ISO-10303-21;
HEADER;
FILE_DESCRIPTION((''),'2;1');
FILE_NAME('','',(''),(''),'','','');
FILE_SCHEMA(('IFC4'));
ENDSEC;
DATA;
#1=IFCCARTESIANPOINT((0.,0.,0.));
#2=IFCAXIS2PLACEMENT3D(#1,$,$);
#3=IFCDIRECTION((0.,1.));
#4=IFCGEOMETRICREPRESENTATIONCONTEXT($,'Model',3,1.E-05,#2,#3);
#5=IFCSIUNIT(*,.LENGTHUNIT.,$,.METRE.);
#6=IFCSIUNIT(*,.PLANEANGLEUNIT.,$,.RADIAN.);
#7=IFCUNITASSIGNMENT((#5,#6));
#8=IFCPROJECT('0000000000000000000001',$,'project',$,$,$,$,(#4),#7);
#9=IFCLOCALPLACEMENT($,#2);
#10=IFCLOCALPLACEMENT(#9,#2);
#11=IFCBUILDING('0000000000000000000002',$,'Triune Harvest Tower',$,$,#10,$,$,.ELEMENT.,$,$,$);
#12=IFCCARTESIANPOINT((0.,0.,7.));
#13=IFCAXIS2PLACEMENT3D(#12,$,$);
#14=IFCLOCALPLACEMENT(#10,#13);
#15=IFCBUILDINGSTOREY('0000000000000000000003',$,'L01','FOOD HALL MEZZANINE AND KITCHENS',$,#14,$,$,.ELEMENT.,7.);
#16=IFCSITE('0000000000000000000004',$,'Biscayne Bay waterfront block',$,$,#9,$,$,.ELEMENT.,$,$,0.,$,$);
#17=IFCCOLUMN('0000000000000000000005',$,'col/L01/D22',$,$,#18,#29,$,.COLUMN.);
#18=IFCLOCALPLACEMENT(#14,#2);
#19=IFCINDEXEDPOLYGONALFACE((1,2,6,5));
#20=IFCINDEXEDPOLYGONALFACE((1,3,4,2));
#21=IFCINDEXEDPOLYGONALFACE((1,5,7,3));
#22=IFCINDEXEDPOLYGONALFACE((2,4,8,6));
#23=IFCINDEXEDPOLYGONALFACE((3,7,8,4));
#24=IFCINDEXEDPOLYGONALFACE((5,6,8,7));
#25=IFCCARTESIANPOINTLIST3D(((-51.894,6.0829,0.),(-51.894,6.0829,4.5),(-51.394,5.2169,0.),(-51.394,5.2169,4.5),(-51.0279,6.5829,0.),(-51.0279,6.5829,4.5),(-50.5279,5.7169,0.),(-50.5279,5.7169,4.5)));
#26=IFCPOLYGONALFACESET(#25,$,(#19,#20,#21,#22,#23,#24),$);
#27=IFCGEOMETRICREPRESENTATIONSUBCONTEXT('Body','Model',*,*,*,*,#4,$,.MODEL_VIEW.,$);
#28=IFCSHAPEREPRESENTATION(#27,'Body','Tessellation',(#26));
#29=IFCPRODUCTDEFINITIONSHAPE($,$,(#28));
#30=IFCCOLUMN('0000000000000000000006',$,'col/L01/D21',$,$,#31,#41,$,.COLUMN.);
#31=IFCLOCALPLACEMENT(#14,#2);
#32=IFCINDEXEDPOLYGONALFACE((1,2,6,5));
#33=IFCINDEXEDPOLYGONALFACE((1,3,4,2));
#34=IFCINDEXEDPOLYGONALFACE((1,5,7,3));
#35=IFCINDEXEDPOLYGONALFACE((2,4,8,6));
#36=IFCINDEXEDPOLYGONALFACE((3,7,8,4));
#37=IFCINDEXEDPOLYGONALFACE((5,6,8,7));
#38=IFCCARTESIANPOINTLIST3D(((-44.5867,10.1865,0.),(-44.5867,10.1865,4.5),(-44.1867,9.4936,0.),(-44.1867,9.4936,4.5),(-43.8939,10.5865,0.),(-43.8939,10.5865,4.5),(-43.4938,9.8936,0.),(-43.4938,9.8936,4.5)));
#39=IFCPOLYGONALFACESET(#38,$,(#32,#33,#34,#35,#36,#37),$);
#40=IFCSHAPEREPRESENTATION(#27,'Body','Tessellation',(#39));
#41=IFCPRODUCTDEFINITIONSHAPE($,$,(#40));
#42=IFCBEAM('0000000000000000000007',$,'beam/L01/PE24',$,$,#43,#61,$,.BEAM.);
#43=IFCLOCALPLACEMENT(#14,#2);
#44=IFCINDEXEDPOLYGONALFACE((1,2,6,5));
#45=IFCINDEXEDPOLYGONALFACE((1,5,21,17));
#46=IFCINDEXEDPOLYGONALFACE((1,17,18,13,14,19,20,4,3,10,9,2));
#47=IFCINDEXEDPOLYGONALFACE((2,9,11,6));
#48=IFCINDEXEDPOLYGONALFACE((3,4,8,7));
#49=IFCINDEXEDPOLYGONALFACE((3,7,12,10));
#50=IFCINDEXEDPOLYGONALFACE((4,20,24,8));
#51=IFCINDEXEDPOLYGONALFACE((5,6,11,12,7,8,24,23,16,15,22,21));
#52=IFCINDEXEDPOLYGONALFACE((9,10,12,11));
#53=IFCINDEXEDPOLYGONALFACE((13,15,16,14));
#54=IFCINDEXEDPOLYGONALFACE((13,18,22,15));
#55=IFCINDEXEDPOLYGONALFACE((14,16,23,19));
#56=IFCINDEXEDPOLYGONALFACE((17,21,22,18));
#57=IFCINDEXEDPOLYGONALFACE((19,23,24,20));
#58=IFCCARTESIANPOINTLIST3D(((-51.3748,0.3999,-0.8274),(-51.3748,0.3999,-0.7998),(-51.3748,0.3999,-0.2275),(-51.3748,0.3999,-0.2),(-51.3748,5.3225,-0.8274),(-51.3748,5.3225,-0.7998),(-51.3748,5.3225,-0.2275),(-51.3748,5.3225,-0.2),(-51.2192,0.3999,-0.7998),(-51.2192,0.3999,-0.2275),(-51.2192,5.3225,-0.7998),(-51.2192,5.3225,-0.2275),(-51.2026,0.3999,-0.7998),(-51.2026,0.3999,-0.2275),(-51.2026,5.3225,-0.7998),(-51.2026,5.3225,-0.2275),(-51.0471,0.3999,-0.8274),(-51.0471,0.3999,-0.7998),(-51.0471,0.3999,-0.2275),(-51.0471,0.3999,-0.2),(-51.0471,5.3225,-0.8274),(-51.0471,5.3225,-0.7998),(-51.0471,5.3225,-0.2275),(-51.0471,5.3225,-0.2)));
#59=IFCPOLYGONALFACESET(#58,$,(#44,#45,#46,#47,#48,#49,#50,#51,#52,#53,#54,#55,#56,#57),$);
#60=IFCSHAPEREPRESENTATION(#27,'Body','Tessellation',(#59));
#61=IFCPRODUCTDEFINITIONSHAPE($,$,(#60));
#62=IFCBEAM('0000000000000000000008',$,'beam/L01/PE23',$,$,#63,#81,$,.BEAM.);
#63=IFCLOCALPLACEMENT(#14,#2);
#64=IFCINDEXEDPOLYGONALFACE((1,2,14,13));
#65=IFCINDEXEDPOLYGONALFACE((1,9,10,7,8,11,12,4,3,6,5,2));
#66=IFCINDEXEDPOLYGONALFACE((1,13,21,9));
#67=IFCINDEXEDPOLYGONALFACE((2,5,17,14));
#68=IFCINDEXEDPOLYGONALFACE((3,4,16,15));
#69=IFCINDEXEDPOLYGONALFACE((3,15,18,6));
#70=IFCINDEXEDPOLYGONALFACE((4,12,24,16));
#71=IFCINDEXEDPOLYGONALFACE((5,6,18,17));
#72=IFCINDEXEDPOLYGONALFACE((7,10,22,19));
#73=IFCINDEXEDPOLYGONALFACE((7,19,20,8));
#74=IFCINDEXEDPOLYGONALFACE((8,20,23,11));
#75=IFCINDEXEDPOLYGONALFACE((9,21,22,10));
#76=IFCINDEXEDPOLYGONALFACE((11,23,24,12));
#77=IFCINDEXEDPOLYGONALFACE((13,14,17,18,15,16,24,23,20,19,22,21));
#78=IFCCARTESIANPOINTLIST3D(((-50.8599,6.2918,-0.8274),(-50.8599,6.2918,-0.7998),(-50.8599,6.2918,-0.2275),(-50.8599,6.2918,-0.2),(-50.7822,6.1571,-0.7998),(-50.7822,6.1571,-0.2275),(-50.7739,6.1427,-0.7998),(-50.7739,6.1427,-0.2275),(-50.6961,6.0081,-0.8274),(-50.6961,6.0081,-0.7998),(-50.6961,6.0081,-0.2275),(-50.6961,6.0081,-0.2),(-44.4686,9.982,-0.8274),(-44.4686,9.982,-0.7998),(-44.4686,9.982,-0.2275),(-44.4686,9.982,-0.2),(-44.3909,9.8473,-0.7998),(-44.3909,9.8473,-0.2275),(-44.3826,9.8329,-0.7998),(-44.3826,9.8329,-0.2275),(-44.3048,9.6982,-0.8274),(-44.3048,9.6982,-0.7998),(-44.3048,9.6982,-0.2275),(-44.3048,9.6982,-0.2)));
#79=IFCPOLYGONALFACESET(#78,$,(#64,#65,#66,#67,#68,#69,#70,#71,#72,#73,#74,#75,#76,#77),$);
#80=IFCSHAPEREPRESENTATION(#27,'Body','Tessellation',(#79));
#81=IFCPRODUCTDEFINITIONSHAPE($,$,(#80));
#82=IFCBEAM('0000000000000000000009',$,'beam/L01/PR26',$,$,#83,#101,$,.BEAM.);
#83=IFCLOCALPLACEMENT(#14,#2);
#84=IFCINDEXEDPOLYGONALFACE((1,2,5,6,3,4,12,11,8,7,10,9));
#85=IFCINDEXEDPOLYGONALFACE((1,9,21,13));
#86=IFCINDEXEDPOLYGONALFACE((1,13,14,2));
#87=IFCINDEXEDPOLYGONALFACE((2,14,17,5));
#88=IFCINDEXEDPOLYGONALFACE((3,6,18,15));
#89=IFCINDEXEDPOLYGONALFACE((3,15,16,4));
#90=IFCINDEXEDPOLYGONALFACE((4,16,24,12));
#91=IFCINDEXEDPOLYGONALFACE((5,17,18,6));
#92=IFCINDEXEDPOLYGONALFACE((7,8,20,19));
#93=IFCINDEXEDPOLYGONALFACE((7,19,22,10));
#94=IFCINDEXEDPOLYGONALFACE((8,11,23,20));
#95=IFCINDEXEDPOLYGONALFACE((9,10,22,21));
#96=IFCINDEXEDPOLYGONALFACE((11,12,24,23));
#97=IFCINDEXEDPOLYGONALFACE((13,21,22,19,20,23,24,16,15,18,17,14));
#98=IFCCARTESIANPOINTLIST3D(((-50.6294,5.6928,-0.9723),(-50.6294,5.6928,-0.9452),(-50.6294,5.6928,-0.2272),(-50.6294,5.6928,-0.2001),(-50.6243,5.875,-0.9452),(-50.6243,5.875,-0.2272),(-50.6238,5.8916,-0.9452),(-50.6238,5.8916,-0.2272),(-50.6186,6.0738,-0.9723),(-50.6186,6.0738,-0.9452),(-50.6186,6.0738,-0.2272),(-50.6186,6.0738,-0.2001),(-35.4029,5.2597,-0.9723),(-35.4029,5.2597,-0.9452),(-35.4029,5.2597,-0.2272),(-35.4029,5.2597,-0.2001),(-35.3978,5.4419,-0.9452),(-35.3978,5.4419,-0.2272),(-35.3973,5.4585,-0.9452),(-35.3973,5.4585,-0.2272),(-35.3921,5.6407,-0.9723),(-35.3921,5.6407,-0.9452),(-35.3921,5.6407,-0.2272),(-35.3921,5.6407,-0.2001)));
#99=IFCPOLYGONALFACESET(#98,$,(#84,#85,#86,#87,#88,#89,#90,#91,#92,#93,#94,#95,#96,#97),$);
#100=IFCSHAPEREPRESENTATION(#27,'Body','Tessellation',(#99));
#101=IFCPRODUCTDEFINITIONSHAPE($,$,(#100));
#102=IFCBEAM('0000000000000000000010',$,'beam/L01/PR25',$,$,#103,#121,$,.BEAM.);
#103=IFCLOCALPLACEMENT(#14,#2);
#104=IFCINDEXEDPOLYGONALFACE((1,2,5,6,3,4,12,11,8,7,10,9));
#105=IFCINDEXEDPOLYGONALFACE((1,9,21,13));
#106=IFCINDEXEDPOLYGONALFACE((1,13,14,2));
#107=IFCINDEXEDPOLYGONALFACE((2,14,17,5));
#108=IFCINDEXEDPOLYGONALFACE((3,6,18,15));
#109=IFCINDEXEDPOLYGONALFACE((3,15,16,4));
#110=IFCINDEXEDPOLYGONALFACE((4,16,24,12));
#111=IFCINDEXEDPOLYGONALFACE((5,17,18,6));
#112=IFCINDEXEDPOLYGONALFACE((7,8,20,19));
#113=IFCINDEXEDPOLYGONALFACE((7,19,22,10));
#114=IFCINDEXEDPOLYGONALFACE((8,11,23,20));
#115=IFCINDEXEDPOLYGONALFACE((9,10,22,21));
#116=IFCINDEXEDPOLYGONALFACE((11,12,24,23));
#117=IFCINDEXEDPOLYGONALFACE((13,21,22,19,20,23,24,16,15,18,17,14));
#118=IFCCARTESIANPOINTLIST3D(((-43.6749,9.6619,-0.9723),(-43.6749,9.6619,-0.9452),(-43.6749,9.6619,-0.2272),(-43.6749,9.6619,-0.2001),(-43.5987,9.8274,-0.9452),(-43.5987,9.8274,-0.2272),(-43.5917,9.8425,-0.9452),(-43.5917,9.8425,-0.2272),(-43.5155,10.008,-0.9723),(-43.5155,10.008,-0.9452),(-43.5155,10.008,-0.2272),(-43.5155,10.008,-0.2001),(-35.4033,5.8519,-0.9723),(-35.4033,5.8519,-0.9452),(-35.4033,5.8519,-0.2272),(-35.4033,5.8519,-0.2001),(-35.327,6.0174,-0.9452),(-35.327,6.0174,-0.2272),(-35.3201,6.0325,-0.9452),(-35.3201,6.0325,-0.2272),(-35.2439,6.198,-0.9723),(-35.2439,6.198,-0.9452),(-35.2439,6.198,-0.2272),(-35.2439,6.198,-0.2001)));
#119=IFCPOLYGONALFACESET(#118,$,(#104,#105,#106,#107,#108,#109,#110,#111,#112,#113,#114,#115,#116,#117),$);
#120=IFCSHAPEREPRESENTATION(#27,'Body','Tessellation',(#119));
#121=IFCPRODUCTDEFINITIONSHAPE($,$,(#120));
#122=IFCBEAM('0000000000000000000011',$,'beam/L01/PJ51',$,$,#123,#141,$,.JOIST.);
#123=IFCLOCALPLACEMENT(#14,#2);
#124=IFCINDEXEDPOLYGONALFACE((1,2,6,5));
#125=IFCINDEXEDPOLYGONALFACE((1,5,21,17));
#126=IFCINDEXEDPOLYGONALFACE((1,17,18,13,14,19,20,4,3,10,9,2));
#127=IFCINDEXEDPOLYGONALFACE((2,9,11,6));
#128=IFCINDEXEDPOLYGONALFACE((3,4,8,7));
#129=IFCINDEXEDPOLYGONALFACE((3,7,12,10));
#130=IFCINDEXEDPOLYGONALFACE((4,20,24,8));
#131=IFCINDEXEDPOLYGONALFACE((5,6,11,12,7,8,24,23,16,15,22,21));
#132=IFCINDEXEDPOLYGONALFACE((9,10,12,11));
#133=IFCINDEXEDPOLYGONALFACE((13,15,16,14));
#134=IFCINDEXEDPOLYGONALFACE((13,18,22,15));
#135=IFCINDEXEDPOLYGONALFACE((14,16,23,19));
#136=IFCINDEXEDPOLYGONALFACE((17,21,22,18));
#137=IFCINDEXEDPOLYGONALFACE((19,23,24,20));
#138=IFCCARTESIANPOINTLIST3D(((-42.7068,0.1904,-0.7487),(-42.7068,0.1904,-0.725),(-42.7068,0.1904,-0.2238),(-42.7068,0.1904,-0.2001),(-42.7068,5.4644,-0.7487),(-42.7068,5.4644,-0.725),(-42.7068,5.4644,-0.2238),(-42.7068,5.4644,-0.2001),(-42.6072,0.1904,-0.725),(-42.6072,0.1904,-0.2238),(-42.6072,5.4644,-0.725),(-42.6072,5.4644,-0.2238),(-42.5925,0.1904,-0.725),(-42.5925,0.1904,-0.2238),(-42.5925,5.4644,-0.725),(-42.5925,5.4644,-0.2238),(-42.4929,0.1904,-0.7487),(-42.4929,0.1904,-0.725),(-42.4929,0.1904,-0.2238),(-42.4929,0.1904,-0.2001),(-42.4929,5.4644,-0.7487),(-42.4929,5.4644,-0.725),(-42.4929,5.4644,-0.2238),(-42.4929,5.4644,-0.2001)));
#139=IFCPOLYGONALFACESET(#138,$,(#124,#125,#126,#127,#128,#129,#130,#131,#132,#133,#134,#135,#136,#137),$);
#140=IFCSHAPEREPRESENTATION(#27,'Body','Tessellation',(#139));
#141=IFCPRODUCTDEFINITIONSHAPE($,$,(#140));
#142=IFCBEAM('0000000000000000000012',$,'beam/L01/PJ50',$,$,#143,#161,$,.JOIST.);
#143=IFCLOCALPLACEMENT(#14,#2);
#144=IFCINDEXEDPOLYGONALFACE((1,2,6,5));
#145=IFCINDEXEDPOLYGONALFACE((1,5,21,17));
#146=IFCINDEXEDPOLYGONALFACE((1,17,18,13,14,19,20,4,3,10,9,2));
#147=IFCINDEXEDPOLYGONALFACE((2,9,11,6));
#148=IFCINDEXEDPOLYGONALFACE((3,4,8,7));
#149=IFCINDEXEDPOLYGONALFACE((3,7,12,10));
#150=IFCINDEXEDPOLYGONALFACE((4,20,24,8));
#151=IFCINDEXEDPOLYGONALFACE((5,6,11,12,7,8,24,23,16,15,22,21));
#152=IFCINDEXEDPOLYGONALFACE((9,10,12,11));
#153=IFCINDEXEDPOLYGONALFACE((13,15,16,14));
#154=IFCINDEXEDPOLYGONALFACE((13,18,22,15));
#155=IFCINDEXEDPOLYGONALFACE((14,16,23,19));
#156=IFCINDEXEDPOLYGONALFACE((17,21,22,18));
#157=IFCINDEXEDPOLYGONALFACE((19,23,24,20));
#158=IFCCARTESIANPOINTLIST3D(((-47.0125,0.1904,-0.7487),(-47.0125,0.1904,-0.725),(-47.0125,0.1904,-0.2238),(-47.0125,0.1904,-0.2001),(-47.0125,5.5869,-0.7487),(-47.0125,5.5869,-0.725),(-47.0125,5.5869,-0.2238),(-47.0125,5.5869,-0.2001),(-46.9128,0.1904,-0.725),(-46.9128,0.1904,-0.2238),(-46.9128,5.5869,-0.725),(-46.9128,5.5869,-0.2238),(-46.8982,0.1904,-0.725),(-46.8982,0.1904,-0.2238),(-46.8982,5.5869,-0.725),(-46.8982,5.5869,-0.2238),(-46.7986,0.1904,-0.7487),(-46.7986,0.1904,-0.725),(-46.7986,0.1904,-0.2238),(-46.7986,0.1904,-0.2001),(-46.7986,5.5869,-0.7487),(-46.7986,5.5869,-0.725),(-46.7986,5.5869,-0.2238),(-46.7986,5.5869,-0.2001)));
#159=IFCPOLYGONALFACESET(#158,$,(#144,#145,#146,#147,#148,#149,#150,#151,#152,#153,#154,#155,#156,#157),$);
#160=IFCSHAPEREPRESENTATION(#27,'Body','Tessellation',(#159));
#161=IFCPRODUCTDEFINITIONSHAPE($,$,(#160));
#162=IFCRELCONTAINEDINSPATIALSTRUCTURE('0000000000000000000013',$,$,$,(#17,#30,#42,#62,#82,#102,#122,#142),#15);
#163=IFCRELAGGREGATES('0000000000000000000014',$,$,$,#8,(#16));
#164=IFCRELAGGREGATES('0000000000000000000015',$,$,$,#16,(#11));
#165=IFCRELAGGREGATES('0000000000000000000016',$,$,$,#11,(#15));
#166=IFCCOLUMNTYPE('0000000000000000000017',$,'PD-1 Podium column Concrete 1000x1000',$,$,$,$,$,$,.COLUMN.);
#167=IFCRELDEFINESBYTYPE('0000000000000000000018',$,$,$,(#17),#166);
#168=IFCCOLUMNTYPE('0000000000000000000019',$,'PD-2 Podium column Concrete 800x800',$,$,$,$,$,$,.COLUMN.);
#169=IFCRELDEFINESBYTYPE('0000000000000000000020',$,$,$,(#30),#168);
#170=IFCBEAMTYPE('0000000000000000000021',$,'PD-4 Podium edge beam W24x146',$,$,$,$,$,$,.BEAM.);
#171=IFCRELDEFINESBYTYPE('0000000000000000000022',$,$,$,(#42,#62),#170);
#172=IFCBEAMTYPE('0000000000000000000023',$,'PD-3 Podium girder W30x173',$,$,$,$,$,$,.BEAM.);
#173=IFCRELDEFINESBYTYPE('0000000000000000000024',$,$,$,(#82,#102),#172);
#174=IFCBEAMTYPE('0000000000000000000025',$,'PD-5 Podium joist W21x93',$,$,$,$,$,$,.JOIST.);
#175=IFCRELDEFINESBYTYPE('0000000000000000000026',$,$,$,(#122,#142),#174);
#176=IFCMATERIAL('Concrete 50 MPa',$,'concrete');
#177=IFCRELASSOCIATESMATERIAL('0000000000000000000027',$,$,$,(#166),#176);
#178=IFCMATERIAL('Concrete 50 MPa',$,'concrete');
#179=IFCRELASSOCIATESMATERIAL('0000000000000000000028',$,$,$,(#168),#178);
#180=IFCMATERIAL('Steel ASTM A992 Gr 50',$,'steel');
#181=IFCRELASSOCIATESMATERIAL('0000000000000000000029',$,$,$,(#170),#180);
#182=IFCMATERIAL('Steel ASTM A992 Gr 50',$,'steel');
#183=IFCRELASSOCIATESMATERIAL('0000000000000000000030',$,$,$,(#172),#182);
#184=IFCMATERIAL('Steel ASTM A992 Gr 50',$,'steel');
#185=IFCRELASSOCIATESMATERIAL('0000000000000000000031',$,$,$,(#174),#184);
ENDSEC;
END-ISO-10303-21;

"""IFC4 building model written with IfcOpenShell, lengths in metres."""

from ifc_helpers import new_model, si_unit, direction, frame, origin, origin_2d, place, context, subcontext, project, spatial, rectangle, i_section, extrude, source, transform, mapped, material, material_profile, profile_set, type_object, element, save


model = new_model("IFC4")

# Units and contexts
model_context = context("Model", 3, precision=1e-05, world=origin(), true_north=direction((0.0, 1.0)))
body_context = subcontext(model_context, "Body", "Model", "MODEL_VIEW")
ifc_project = project(units=[si_unit("LENGTHUNIT", "METRE"), si_unit("PLANEANGLEUNIT", "RADIAN")], contexts=[model_context])

# Site, building, storey
site_placement = place(None, origin())
site = spatial("IfcSite", under=ifc_project, at=site_placement, Name="Biscayne Bay waterfront block", CompositionType="ELEMENT", RefElevation=0.0)
building_placement = place(site_placement, origin())
building = spatial("IfcBuilding", under=site, at=building_placement, Name="Triune Harvest Tower", CompositionType="ELEMENT")
storey_placement = place(building_placement, frame((0.0, 0.0, 7.0)))
storey = spatial("IfcBuildingStorey", under=building, at=storey_placement, Name="L01", Description="FOOD HALL MEZZANINE AND KITCHENS", CompositionType="ELEMENT", Elevation=7.0)

# Columns
ifc_material_1 = material(Name="Concrete 50 MPa", Category="concrete")
ifc_material_profile_1 = material_profile(ifc_material_1, rectangle(XDim=1.0, YDim=1.0, at=origin_2d()), Name="Concrete 1000x1000")
ifc_profile_set_1 = profile_set([ifc_material_profile_1], Name="Concrete 50 MPa")
column_type_1 = type_object("IfcColumnType", Name="PD-1 Podium column Concrete 1000x1000", PredefinedType="COLUMN", material=ifc_profile_set_1)
shared_shape_1 = source(origin(), body_context, "Body", "SweptSolid", [
    extrude(rectangle(XDim=1.0, YDim=1.0, at=origin_2d()), origin(), (0.0, 0.0, 1.0), 4.5),
])
column_1_placement = place(storey_placement, frame((-51.2109, 5.8999, 0.0), z_axis=(0.0, 0.0, 1.0), x_axis=(-0.866025, -0.5, 0.0)))
element("IfcColumn", 1, at=column_1_placement, inside=storey, type_object=column_type_1, Name="col/L01/D22", PredefinedType="COLUMN", context=body_context, shape_type="MappedRepresentation", body=[
    mapped(shared_shape_1, transform((0.0, 0.0, 0.0), scale=1.0)),
])
ifc_material_2 = material(Name="Concrete 50 MPa", Category="concrete")
ifc_material_profile_2 = material_profile(ifc_material_2, rectangle(XDim=0.8, YDim=0.8, at=origin_2d()), Name="Concrete 800x800")
ifc_profile_set_2 = profile_set([ifc_material_profile_2], Name="Concrete 50 MPa")
column_type_2 = type_object("IfcColumnType", Name="PD-2 Podium column Concrete 800x800", PredefinedType="COLUMN", material=ifc_profile_set_2)
shared_shape_2 = source(origin(), body_context, "Body", "SweptSolid", [
    extrude(rectangle(XDim=0.8, YDim=0.8, at=origin_2d()), origin(), (0.0, 0.0, 1.0), 4.5),
])
column_2_placement = place(storey_placement, frame((-44.0403, 10.04, 0.0), z_axis=(0.0, 0.0, 1.0), x_axis=(-0.866025, -0.5, 0.0)))
element("IfcColumn", 2, at=column_2_placement, inside=storey, type_object=column_type_2, Name="col/L01/D21", PredefinedType="COLUMN", context=body_context, shape_type="MappedRepresentation", body=[
    mapped(shared_shape_2, transform((0.0, 0.0, 0.0), scale=1.0)),
])

# Beams
ifc_material_3 = material(Name="Steel ASTM A992 Gr 50", Category="steel")
ifc_material_profile_3 = material_profile(ifc_material_3, i_section(OverallWidth=0.3276, OverallDepth=0.6274, WebThickness=0.0166, FlangeThickness=0.0276, at=origin_2d()), Name="W24x146")
ifc_profile_set_3 = profile_set([ifc_material_profile_3], Name="Steel ASTM A992 Gr 50")
beam_type_1 = type_object("IfcBeamType", Name="PD-4 Podium edge beam W24x146", PredefinedType="BEAM", material=ifc_profile_set_3)
shared_shape_3 = source(origin(), body_context, "Body", "SweptSolid", [
    extrude(i_section(OverallWidth=0.3276, OverallDepth=0.6274, WebThickness=0.0166, FlangeThickness=0.0276, at=origin_2d()), origin(), (0.0, 0.0, 1.0), 4.9226),
])
beam_1_placement = place(storey_placement, frame((-51.2109, 5.3225, -0.5137), z_axis=(0.0, -1.0, 0.0), x_axis=(1.0, 0.0, 0.0)))
element("IfcBeam", 3, at=beam_1_placement, inside=storey, type_object=beam_type_1, Name="beam/L01/PE24", PredefinedType="BEAM", context=body_context, shape_type="MappedRepresentation", body=[
    mapped(shared_shape_3, transform((0.0, 0.0, 0.0), scale=1.0)),
])
shared_shape_4 = source(origin(), body_context, "Body", "SweptSolid", [
    extrude(i_section(OverallWidth=0.3276, OverallDepth=0.6274, WebThickness=0.0166, FlangeThickness=0.0276, at=origin_2d()), origin(), (0.0, 0.0, 1.0), 7.3801),
])
beam_2_placement = place(storey_placement, frame((-44.3867, 9.8401, -0.5137), z_axis=(-0.866018, -0.500014, 0.0), x_axis=(0.500014, -0.866018, 0.0)))
element("IfcBeam", 4, at=beam_2_placement, inside=storey, type_object=beam_type_1, Name="beam/L01/PE23", PredefinedType="BEAM", context=body_context, shape_type="MappedRepresentation", body=[
    mapped(shared_shape_4, transform((0.0, 0.0, 0.0), scale=1.0)),
])
ifc_material_4 = material(Name="Steel ASTM A992 Gr 50", Category="steel")
ifc_material_profile_4 = material_profile(ifc_material_4, i_section(OverallWidth=0.3811, OverallDepth=0.7722, WebThickness=0.0166, FlangeThickness=0.0271, at=origin_2d()), Name="W30x173")
ifc_profile_set_4 = profile_set([ifc_material_profile_4], Name="Steel ASTM A992 Gr 50")
beam_type_2 = type_object("IfcBeamType", Name="PD-3 Podium girder W30x173", PredefinedType="BEAM", material=ifc_profile_set_4)
shared_shape_5 = source(origin(), body_context, "Body", "SweptSolid", [
    extrude(i_section(OverallWidth=0.3811, OverallDepth=0.7722, WebThickness=0.0166, FlangeThickness=0.0271, at=origin_2d()), origin(), (0.0, 0.0, 1.0), 15.2327),
])
beam_3_placement = place(storey_placement, frame((-50.624, 5.8833, -0.5862), z_axis=(0.999596, -0.028433, 0.0), x_axis=(0.028433, 0.999596, 0.0)))
element("IfcBeam", 5, at=beam_3_placement, inside=storey, type_object=beam_type_2, Name="beam/L01/PR26", PredefinedType="BEAM", context=body_context, shape_type="MappedRepresentation", body=[
    mapped(shared_shape_5, transform((0.0, 0.0, 0.0), scale=1.0)),
])
shared_shape_6 = source(origin(), body_context, "Body", "SweptSolid", [
    extrude(i_section(OverallWidth=0.3811, OverallDepth=0.7722, WebThickness=0.0166, FlangeThickness=0.0271, at=origin_2d()), origin(), (0.0, 0.0, 1.0), 9.1069),
])
beam_4_placement = place(storey_placement, frame((-43.5952, 9.835, -0.5862), z_axis=(0.908279, -0.418364, 0.0), x_axis=(0.418364, 0.908279, 0.0)))
element("IfcBeam", 6, at=beam_4_placement, inside=storey, type_object=beam_type_2, Name="beam/L01/PR25", PredefinedType="BEAM", context=body_context, shape_type="MappedRepresentation", body=[
    mapped(shared_shape_6, transform((0.0, 0.0, 0.0), scale=1.0)),
])
ifc_material_5 = material(Name="Steel ASTM A992 Gr 50", Category="steel")
ifc_material_profile_5 = material_profile(ifc_material_5, i_section(OverallWidth=0.2139, OverallDepth=0.5486, WebThickness=0.0146, FlangeThickness=0.0237, at=origin_2d()), Name="W21x93")
ifc_profile_set_5 = profile_set([ifc_material_profile_5], Name="Steel ASTM A992 Gr 50")
beam_type_3 = type_object("IfcBeamType", Name="PD-5 Podium joist W21x93", PredefinedType="JOIST", material=ifc_profile_set_5)
shared_shape_7 = source(origin(), body_context, "Body", "SweptSolid", [
    extrude(i_section(OverallWidth=0.2139, OverallDepth=0.5486, WebThickness=0.0146, FlangeThickness=0.0237, at=origin_2d()), origin(), (0.0, 0.0, 1.0), 5.2739),
])
beam_5_placement = place(storey_placement, frame((-42.5999, 5.4644, -0.4744), z_axis=(0.0, -1.0, 0.0), x_axis=(1.0, 0.0, 0.0)))
element("IfcBeam", 7, at=beam_5_placement, inside=storey, type_object=beam_type_3, Name="beam/L01/PJ51", PredefinedType="JOIST", context=body_context, shape_type="MappedRepresentation", body=[
    mapped(shared_shape_7, transform((0.0, 0.0, 0.0), scale=1.0)),
])
shared_shape_8 = source(origin(), body_context, "Body", "SweptSolid", [
    extrude(i_section(OverallWidth=0.2139, OverallDepth=0.5486, WebThickness=0.0146, FlangeThickness=0.0237, at=origin_2d()), origin(), (0.0, 0.0, 1.0), 5.3965),
])
beam_6_placement = place(storey_placement, frame((-46.9055, 5.5869, -0.4744), z_axis=(0.0, -1.0, 0.0), x_axis=(1.0, 0.0, 0.0)))
element("IfcBeam", 8, at=beam_6_placement, inside=storey, type_object=beam_type_3, Name="beam/L01/PJ50", PredefinedType="JOIST", context=body_context, shape_type="MappedRepresentation", body=[
    mapped(shared_shape_8, transform((0.0, 0.0, 0.0), scale=1.0)),
])

save(model, "model.ifc")
